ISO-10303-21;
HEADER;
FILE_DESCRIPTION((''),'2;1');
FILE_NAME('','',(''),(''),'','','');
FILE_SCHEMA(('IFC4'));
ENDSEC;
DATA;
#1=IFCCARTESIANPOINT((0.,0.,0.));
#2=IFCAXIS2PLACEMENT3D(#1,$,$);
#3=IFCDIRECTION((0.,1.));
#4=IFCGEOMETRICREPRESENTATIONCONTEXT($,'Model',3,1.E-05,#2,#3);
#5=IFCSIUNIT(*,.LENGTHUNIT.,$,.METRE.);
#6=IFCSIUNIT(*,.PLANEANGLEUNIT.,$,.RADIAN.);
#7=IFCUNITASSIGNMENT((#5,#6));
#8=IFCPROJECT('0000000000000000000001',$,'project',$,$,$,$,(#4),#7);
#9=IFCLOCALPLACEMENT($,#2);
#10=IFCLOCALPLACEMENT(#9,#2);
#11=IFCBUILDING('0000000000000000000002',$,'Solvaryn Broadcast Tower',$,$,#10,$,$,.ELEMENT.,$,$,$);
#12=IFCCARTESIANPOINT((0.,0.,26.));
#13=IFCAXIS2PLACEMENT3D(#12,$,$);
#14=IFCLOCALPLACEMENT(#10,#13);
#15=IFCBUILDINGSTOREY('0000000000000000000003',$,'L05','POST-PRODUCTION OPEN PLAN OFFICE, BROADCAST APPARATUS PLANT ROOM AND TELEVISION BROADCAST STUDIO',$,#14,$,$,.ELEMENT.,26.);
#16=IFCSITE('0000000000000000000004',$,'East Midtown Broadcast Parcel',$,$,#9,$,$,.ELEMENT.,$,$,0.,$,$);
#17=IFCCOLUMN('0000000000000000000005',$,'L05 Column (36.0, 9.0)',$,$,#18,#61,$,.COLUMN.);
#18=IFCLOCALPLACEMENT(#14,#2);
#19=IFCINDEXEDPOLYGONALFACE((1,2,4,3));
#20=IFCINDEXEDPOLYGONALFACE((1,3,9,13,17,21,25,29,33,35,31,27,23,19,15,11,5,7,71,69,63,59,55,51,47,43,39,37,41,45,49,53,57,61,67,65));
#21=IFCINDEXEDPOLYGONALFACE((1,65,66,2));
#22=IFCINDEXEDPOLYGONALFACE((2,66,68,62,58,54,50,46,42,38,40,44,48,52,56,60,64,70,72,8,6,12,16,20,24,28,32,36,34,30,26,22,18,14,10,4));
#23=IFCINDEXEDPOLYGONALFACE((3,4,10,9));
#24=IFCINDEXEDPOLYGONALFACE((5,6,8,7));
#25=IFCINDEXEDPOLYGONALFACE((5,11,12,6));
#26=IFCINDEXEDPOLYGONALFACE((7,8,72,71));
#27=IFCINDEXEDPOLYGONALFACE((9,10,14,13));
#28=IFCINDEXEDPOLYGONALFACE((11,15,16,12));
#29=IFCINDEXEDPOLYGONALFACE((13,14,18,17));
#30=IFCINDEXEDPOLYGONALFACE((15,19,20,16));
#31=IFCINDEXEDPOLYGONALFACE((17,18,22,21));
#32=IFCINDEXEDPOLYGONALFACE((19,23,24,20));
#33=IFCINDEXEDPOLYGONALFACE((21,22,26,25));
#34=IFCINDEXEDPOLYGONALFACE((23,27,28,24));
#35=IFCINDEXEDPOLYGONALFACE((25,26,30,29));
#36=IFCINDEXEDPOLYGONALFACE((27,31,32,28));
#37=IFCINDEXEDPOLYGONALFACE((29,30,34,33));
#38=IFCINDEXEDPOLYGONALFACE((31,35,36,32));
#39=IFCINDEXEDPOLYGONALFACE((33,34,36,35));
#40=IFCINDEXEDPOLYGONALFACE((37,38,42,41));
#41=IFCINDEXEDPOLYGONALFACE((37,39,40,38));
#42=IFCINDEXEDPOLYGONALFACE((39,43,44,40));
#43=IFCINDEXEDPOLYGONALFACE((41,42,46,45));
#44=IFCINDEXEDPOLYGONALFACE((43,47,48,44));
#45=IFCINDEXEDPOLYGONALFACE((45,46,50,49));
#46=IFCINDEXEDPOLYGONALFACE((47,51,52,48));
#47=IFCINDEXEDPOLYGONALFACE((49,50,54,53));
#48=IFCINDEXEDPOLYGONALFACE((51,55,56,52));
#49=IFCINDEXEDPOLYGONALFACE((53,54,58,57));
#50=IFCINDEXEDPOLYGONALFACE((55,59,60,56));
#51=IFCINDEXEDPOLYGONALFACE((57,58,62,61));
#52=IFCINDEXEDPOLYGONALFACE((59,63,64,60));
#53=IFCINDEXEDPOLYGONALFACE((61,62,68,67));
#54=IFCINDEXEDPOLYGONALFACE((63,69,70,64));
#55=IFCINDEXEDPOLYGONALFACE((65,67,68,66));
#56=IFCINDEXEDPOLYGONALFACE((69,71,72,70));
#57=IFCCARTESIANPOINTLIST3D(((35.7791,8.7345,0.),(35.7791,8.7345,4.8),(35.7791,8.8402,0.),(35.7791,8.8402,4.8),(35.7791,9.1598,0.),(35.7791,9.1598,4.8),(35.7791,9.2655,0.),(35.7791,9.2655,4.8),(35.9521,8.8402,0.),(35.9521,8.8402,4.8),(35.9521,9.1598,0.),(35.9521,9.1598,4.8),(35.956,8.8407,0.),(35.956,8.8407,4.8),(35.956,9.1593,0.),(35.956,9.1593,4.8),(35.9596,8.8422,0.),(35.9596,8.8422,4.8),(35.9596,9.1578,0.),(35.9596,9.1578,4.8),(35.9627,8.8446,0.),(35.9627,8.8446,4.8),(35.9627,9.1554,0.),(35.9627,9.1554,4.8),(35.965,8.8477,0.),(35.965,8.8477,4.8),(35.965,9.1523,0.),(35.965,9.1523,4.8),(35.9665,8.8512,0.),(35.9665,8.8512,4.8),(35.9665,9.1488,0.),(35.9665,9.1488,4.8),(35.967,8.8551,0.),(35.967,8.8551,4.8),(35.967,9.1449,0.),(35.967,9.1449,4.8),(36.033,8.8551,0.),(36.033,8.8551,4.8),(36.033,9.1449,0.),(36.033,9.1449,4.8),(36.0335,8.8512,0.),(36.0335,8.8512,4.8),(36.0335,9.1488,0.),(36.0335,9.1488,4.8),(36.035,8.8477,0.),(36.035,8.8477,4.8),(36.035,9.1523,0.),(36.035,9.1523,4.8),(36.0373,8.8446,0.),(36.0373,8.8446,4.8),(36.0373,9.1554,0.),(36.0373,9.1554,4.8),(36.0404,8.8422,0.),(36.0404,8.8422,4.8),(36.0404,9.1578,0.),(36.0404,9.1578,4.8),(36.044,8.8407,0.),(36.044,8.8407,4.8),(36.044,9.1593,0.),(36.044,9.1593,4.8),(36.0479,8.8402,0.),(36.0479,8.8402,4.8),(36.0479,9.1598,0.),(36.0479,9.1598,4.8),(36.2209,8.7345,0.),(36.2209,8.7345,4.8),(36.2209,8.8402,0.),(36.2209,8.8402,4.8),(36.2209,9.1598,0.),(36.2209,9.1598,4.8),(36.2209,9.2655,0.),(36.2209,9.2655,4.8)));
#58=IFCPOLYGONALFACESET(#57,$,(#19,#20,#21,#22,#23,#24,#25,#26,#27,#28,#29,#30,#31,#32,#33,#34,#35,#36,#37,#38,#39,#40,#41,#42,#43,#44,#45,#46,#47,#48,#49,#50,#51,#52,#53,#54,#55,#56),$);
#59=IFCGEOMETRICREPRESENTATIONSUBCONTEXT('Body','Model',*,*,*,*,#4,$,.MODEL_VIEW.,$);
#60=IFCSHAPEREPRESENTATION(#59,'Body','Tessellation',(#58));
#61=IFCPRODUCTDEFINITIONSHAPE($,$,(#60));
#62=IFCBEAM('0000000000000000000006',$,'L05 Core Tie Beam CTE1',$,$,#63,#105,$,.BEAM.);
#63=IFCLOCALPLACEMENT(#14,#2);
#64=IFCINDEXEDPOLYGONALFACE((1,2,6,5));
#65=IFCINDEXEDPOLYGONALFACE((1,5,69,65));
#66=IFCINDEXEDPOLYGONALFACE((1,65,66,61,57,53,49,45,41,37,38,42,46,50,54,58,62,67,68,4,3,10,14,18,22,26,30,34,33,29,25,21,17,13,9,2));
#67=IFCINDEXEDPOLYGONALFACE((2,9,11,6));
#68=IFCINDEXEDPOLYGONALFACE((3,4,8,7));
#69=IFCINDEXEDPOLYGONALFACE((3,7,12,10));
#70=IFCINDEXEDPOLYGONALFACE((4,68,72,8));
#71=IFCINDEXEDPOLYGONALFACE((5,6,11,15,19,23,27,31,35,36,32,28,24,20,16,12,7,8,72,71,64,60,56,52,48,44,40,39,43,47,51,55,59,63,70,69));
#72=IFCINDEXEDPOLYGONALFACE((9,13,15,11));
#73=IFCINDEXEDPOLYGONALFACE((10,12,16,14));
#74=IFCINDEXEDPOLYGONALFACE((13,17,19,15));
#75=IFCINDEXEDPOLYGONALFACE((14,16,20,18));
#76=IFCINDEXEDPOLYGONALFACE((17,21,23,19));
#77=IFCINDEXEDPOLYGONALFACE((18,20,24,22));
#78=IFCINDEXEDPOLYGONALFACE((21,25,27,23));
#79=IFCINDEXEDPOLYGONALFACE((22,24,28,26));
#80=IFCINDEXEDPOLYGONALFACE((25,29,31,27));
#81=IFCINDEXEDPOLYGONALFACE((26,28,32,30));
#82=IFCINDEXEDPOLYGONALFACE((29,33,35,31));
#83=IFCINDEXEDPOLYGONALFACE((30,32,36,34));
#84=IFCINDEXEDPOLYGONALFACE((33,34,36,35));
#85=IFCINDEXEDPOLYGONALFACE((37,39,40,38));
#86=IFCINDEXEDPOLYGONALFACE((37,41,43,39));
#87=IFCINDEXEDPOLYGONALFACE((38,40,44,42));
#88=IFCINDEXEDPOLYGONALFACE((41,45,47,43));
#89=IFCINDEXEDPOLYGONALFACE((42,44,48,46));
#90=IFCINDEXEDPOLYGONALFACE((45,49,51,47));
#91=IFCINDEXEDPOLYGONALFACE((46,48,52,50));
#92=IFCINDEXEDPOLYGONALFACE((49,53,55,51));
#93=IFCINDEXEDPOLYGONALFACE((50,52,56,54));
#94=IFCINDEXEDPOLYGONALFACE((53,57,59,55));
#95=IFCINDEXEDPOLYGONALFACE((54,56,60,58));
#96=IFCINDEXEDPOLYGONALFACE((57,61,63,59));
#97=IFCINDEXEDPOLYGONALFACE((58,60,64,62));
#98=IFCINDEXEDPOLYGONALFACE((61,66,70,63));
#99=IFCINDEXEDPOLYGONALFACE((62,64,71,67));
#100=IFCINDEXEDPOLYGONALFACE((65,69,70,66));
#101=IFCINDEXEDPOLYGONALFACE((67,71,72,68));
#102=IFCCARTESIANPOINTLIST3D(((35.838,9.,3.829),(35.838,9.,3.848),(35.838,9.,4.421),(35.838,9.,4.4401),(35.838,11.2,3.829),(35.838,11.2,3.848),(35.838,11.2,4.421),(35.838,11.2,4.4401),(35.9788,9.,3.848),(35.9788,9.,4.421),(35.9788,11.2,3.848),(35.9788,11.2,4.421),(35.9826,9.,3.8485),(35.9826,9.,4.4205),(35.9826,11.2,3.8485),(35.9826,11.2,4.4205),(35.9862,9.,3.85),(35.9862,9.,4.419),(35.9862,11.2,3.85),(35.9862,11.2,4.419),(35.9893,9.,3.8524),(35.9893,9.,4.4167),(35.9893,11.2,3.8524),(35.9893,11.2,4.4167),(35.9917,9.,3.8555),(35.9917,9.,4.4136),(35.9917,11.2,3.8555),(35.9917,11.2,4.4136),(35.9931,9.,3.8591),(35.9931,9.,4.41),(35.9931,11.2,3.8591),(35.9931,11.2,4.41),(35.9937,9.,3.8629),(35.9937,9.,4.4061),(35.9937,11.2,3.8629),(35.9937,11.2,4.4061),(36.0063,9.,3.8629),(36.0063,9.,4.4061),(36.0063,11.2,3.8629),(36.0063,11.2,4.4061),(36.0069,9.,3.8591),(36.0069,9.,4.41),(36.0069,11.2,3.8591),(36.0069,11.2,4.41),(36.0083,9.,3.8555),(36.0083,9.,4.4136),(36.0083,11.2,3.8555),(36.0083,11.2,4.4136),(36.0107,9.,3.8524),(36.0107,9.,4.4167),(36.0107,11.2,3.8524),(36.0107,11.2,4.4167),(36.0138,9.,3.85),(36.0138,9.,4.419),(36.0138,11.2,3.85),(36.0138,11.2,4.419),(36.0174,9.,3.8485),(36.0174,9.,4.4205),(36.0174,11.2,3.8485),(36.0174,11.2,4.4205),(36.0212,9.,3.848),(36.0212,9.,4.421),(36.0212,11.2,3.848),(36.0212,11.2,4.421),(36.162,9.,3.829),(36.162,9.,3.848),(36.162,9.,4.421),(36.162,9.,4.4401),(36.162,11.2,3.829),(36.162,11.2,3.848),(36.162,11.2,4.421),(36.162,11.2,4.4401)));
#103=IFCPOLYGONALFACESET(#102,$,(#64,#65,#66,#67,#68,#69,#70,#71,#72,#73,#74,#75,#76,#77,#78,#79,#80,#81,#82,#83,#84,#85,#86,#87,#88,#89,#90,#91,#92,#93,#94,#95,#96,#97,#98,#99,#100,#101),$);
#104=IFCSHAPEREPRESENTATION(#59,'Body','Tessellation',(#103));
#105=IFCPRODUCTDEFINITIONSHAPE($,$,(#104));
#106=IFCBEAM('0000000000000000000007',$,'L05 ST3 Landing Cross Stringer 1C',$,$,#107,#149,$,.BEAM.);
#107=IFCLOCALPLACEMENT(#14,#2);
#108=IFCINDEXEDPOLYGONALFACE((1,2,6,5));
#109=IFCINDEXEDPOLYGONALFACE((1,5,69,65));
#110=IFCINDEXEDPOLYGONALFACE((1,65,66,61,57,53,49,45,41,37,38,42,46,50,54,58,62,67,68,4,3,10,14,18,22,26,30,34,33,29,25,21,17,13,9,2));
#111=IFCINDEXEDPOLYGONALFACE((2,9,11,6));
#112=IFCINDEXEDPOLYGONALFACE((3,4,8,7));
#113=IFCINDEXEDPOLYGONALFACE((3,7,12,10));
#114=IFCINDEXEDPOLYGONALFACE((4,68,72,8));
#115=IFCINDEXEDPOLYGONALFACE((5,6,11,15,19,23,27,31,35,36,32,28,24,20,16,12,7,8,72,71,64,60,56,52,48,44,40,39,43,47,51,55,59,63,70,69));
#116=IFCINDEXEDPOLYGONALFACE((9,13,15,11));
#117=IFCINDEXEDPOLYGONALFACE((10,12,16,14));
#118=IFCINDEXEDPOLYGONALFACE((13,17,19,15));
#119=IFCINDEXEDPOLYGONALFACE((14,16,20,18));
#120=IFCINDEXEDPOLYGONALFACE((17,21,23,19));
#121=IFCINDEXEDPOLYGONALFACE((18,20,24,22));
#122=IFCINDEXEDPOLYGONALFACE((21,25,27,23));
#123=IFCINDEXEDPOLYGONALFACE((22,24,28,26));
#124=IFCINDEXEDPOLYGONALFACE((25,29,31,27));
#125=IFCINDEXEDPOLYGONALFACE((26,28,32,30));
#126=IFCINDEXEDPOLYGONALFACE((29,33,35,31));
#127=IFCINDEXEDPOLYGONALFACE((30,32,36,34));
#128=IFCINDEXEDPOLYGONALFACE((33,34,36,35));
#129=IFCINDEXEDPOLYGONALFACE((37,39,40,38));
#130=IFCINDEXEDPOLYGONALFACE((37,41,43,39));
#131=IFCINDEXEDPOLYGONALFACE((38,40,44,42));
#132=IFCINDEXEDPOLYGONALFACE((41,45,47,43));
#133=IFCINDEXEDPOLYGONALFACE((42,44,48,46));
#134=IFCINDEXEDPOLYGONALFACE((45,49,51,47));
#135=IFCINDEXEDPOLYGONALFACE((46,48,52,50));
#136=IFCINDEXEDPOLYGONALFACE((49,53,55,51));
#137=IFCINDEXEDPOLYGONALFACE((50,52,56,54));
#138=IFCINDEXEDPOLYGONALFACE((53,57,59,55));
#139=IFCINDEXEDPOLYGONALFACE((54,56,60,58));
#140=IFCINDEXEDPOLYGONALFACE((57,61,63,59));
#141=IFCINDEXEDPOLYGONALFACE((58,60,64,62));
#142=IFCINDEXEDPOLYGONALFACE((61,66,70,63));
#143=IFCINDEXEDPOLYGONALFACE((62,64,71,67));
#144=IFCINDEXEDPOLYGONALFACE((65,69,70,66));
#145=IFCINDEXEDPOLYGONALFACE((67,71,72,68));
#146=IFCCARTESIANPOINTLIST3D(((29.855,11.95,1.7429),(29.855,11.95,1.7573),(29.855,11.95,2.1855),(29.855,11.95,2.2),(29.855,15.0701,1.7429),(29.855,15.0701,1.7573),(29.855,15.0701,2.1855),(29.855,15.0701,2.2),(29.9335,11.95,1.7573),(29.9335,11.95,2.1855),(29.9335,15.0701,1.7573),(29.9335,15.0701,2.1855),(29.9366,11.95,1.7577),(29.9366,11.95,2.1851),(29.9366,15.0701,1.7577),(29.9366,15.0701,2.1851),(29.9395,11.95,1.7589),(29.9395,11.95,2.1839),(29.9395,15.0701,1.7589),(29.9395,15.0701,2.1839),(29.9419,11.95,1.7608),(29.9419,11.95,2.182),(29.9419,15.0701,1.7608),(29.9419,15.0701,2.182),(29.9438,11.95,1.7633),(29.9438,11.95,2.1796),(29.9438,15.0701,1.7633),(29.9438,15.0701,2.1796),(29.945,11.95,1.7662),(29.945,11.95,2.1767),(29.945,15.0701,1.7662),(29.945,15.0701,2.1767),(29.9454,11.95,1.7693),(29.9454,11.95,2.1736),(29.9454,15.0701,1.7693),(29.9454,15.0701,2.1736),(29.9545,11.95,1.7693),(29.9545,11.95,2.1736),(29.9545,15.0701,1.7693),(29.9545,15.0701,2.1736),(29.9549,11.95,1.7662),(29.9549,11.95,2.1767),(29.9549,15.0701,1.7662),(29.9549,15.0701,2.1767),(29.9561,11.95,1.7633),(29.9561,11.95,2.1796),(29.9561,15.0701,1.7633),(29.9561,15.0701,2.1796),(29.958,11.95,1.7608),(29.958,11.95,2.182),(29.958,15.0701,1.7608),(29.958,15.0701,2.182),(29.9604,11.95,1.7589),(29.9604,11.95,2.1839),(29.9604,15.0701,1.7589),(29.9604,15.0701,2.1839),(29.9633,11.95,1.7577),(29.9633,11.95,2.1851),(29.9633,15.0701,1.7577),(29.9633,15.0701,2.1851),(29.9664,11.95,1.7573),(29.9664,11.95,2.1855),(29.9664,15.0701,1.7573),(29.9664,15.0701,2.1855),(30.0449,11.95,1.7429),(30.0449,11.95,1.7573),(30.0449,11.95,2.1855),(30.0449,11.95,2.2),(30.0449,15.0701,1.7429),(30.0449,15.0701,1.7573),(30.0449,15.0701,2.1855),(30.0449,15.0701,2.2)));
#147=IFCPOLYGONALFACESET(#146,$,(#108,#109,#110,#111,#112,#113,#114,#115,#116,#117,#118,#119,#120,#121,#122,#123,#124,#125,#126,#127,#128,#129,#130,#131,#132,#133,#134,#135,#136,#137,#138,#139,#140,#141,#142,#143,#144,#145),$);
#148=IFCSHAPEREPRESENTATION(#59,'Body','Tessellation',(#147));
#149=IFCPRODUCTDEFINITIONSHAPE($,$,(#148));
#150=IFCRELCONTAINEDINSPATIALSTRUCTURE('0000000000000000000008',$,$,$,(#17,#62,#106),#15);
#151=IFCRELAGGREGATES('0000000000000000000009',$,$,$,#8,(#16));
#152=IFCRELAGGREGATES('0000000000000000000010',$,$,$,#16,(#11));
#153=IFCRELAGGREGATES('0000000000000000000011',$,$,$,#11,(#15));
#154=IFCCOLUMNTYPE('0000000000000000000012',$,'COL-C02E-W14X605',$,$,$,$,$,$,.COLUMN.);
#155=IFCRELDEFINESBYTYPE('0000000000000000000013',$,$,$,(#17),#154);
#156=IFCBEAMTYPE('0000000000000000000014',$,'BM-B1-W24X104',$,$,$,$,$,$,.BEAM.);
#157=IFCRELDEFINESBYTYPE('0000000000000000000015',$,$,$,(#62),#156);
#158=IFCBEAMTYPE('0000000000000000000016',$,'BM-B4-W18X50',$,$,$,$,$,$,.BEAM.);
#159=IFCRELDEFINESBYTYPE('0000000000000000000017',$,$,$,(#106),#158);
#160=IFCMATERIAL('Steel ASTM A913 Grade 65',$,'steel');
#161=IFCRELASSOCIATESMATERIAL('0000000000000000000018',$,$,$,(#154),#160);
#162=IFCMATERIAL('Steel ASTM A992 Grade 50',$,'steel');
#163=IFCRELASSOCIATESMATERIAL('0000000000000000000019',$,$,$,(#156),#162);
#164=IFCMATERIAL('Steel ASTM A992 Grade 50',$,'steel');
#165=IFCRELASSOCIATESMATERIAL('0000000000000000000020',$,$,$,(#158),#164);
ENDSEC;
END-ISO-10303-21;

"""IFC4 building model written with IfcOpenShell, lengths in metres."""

from ifc_helpers import new_model, si_unit, direction, frame, origin, origin_2d, place, context, subcontext, project, spatial, i_section, extrude, material, material_profile, profile_set, type_object, element, save


model = new_model("IFC4")

# Units and contexts
model_context = context("Model", 3, precision=1e-05, world=origin(), true_north=direction((0.0, 1.0)))
body_context = subcontext(model_context, "Body", "Model", "MODEL_VIEW")
ifc_project = project(units=[si_unit("LENGTHUNIT", "METRE"), si_unit("PLANEANGLEUNIT", "RADIAN")], contexts=[model_context])

# Site, building, storey
site_placement = place(None, origin())
site = spatial("IfcSite", under=ifc_project, at=site_placement, Name="East Midtown Broadcast Parcel", CompositionType="ELEMENT", RefElevation=0.0)
building_placement = place(site_placement, origin())
building = spatial("IfcBuilding", under=site, at=building_placement, Name="Solvaryn Broadcast Tower", CompositionType="ELEMENT")
storey_placement = place(building_placement, frame((0.0, 0.0, 26.0)))
storey = spatial("IfcBuildingStorey", under=building, at=storey_placement, Name="L05", Description="POST-PRODUCTION OPEN PLAN OFFICE, BROADCAST APPARATUS PLANT ROOM AND TELEVISION BROADCAST STUDIO", CompositionType="ELEMENT", Elevation=26.0)

# Column
ifc_material_1 = material(Name="Steel ASTM A913 Grade 65", Category="steel")
ifc_material_profile_1 = material_profile(ifc_material_1, i_section(OverallWidth=0.4419, OverallDepth=0.531, WebThickness=0.0659, FlangeThickness=0.1057, FilletRadius=0.0149, at=origin_2d()))
ifc_profile_set_1 = profile_set([ifc_material_profile_1], Name="Steel ASTM A913 Grade 65")
column_type = type_object("IfcColumnType", Name="COL-C02E-W14X605", PredefinedType="COLUMN", material=ifc_profile_set_1)
column_placement = place(storey_placement, frame((36.0, 9.0, 0.0), z_axis=(0.0, 0.0, 1.0), x_axis=(1.0, 0.0, 0.0)))
element("IfcColumn", 1, at=column_placement, inside=storey, type_object=column_type, Name="L05 Column (36.0, 9.0)", PredefinedType="COLUMN", context=body_context, shape_type="SweptSolid", body=[
    extrude(i_section(OverallWidth=0.4419, OverallDepth=0.531, WebThickness=0.0659, FlangeThickness=0.1057, FilletRadius=0.0149, at=origin_2d()), origin(), (0.0, 0.0, 1.0), 4.8),
])

# Beams
ifc_material_2 = material(Name="Steel ASTM A992 Grade 50", Category="steel")
ifc_material_profile_2 = material_profile(ifc_material_2, i_section(OverallWidth=0.324, OverallDepth=0.6111, WebThickness=0.0127, FlangeThickness=0.019, FilletRadius=0.0149, at=origin_2d()))
ifc_profile_set_2 = profile_set([ifc_material_profile_2], Name="Steel ASTM A992 Grade 50")
beam_type_1 = type_object("IfcBeamType", Name="BM-B1-W24X104", PredefinedType="BEAM", material=ifc_profile_set_2)
beam_1_placement = place(storey_placement, frame((36.0, 9.0, 4.1345), z_axis=(0.0, 1.0, 0.0), x_axis=(-1.0, 0.0, 0.0)))
element("IfcBeam", 2, at=beam_1_placement, inside=storey, type_object=beam_type_1, Name="L05 Core Tie Beam CTE1", PredefinedType="BEAM", context=body_context, shape_type="SweptSolid", body=[
    extrude(i_section(OverallWidth=0.324, OverallDepth=0.6111, WebThickness=0.0127, FlangeThickness=0.019, FilletRadius=0.0149, at=origin_2d()), origin(), (0.0, 0.0, 1.0), 2.2),
])
ifc_material_3 = material(Name="Steel ASTM A992 Grade 50", Category="steel")
ifc_material_profile_3 = material_profile(ifc_material_3, i_section(OverallWidth=0.1899, OverallDepth=0.457, WebThickness=0.009, FlangeThickness=0.0144, FilletRadius=0.012, at=origin_2d()))
ifc_profile_set_3 = profile_set([ifc_material_profile_3], Name="Steel ASTM A992 Grade 50")
beam_type_2 = type_object("IfcBeamType", Name="BM-B4-W18X50", PredefinedType="BEAM", material=ifc_profile_set_3)
beam_2_placement = place(storey_placement, frame((29.95, 11.95, 1.9714), z_axis=(0.0, 1.0, 0.0), x_axis=(-1.0, 0.0, 0.0)))
element("IfcBeam", 3, at=beam_2_placement, inside=storey, type_object=beam_type_2, Name="L05 ST3 Landing Cross Stringer 1C", PredefinedType="BEAM", context=body_context, shape_type="SweptSolid", body=[
    extrude(i_section(OverallWidth=0.1899, OverallDepth=0.457, WebThickness=0.009, FlangeThickness=0.0144, FilletRadius=0.012, at=origin_2d()), origin(), (0.0, 0.0, 1.0), 3.1201),
])

save(model, "model.ifc")
